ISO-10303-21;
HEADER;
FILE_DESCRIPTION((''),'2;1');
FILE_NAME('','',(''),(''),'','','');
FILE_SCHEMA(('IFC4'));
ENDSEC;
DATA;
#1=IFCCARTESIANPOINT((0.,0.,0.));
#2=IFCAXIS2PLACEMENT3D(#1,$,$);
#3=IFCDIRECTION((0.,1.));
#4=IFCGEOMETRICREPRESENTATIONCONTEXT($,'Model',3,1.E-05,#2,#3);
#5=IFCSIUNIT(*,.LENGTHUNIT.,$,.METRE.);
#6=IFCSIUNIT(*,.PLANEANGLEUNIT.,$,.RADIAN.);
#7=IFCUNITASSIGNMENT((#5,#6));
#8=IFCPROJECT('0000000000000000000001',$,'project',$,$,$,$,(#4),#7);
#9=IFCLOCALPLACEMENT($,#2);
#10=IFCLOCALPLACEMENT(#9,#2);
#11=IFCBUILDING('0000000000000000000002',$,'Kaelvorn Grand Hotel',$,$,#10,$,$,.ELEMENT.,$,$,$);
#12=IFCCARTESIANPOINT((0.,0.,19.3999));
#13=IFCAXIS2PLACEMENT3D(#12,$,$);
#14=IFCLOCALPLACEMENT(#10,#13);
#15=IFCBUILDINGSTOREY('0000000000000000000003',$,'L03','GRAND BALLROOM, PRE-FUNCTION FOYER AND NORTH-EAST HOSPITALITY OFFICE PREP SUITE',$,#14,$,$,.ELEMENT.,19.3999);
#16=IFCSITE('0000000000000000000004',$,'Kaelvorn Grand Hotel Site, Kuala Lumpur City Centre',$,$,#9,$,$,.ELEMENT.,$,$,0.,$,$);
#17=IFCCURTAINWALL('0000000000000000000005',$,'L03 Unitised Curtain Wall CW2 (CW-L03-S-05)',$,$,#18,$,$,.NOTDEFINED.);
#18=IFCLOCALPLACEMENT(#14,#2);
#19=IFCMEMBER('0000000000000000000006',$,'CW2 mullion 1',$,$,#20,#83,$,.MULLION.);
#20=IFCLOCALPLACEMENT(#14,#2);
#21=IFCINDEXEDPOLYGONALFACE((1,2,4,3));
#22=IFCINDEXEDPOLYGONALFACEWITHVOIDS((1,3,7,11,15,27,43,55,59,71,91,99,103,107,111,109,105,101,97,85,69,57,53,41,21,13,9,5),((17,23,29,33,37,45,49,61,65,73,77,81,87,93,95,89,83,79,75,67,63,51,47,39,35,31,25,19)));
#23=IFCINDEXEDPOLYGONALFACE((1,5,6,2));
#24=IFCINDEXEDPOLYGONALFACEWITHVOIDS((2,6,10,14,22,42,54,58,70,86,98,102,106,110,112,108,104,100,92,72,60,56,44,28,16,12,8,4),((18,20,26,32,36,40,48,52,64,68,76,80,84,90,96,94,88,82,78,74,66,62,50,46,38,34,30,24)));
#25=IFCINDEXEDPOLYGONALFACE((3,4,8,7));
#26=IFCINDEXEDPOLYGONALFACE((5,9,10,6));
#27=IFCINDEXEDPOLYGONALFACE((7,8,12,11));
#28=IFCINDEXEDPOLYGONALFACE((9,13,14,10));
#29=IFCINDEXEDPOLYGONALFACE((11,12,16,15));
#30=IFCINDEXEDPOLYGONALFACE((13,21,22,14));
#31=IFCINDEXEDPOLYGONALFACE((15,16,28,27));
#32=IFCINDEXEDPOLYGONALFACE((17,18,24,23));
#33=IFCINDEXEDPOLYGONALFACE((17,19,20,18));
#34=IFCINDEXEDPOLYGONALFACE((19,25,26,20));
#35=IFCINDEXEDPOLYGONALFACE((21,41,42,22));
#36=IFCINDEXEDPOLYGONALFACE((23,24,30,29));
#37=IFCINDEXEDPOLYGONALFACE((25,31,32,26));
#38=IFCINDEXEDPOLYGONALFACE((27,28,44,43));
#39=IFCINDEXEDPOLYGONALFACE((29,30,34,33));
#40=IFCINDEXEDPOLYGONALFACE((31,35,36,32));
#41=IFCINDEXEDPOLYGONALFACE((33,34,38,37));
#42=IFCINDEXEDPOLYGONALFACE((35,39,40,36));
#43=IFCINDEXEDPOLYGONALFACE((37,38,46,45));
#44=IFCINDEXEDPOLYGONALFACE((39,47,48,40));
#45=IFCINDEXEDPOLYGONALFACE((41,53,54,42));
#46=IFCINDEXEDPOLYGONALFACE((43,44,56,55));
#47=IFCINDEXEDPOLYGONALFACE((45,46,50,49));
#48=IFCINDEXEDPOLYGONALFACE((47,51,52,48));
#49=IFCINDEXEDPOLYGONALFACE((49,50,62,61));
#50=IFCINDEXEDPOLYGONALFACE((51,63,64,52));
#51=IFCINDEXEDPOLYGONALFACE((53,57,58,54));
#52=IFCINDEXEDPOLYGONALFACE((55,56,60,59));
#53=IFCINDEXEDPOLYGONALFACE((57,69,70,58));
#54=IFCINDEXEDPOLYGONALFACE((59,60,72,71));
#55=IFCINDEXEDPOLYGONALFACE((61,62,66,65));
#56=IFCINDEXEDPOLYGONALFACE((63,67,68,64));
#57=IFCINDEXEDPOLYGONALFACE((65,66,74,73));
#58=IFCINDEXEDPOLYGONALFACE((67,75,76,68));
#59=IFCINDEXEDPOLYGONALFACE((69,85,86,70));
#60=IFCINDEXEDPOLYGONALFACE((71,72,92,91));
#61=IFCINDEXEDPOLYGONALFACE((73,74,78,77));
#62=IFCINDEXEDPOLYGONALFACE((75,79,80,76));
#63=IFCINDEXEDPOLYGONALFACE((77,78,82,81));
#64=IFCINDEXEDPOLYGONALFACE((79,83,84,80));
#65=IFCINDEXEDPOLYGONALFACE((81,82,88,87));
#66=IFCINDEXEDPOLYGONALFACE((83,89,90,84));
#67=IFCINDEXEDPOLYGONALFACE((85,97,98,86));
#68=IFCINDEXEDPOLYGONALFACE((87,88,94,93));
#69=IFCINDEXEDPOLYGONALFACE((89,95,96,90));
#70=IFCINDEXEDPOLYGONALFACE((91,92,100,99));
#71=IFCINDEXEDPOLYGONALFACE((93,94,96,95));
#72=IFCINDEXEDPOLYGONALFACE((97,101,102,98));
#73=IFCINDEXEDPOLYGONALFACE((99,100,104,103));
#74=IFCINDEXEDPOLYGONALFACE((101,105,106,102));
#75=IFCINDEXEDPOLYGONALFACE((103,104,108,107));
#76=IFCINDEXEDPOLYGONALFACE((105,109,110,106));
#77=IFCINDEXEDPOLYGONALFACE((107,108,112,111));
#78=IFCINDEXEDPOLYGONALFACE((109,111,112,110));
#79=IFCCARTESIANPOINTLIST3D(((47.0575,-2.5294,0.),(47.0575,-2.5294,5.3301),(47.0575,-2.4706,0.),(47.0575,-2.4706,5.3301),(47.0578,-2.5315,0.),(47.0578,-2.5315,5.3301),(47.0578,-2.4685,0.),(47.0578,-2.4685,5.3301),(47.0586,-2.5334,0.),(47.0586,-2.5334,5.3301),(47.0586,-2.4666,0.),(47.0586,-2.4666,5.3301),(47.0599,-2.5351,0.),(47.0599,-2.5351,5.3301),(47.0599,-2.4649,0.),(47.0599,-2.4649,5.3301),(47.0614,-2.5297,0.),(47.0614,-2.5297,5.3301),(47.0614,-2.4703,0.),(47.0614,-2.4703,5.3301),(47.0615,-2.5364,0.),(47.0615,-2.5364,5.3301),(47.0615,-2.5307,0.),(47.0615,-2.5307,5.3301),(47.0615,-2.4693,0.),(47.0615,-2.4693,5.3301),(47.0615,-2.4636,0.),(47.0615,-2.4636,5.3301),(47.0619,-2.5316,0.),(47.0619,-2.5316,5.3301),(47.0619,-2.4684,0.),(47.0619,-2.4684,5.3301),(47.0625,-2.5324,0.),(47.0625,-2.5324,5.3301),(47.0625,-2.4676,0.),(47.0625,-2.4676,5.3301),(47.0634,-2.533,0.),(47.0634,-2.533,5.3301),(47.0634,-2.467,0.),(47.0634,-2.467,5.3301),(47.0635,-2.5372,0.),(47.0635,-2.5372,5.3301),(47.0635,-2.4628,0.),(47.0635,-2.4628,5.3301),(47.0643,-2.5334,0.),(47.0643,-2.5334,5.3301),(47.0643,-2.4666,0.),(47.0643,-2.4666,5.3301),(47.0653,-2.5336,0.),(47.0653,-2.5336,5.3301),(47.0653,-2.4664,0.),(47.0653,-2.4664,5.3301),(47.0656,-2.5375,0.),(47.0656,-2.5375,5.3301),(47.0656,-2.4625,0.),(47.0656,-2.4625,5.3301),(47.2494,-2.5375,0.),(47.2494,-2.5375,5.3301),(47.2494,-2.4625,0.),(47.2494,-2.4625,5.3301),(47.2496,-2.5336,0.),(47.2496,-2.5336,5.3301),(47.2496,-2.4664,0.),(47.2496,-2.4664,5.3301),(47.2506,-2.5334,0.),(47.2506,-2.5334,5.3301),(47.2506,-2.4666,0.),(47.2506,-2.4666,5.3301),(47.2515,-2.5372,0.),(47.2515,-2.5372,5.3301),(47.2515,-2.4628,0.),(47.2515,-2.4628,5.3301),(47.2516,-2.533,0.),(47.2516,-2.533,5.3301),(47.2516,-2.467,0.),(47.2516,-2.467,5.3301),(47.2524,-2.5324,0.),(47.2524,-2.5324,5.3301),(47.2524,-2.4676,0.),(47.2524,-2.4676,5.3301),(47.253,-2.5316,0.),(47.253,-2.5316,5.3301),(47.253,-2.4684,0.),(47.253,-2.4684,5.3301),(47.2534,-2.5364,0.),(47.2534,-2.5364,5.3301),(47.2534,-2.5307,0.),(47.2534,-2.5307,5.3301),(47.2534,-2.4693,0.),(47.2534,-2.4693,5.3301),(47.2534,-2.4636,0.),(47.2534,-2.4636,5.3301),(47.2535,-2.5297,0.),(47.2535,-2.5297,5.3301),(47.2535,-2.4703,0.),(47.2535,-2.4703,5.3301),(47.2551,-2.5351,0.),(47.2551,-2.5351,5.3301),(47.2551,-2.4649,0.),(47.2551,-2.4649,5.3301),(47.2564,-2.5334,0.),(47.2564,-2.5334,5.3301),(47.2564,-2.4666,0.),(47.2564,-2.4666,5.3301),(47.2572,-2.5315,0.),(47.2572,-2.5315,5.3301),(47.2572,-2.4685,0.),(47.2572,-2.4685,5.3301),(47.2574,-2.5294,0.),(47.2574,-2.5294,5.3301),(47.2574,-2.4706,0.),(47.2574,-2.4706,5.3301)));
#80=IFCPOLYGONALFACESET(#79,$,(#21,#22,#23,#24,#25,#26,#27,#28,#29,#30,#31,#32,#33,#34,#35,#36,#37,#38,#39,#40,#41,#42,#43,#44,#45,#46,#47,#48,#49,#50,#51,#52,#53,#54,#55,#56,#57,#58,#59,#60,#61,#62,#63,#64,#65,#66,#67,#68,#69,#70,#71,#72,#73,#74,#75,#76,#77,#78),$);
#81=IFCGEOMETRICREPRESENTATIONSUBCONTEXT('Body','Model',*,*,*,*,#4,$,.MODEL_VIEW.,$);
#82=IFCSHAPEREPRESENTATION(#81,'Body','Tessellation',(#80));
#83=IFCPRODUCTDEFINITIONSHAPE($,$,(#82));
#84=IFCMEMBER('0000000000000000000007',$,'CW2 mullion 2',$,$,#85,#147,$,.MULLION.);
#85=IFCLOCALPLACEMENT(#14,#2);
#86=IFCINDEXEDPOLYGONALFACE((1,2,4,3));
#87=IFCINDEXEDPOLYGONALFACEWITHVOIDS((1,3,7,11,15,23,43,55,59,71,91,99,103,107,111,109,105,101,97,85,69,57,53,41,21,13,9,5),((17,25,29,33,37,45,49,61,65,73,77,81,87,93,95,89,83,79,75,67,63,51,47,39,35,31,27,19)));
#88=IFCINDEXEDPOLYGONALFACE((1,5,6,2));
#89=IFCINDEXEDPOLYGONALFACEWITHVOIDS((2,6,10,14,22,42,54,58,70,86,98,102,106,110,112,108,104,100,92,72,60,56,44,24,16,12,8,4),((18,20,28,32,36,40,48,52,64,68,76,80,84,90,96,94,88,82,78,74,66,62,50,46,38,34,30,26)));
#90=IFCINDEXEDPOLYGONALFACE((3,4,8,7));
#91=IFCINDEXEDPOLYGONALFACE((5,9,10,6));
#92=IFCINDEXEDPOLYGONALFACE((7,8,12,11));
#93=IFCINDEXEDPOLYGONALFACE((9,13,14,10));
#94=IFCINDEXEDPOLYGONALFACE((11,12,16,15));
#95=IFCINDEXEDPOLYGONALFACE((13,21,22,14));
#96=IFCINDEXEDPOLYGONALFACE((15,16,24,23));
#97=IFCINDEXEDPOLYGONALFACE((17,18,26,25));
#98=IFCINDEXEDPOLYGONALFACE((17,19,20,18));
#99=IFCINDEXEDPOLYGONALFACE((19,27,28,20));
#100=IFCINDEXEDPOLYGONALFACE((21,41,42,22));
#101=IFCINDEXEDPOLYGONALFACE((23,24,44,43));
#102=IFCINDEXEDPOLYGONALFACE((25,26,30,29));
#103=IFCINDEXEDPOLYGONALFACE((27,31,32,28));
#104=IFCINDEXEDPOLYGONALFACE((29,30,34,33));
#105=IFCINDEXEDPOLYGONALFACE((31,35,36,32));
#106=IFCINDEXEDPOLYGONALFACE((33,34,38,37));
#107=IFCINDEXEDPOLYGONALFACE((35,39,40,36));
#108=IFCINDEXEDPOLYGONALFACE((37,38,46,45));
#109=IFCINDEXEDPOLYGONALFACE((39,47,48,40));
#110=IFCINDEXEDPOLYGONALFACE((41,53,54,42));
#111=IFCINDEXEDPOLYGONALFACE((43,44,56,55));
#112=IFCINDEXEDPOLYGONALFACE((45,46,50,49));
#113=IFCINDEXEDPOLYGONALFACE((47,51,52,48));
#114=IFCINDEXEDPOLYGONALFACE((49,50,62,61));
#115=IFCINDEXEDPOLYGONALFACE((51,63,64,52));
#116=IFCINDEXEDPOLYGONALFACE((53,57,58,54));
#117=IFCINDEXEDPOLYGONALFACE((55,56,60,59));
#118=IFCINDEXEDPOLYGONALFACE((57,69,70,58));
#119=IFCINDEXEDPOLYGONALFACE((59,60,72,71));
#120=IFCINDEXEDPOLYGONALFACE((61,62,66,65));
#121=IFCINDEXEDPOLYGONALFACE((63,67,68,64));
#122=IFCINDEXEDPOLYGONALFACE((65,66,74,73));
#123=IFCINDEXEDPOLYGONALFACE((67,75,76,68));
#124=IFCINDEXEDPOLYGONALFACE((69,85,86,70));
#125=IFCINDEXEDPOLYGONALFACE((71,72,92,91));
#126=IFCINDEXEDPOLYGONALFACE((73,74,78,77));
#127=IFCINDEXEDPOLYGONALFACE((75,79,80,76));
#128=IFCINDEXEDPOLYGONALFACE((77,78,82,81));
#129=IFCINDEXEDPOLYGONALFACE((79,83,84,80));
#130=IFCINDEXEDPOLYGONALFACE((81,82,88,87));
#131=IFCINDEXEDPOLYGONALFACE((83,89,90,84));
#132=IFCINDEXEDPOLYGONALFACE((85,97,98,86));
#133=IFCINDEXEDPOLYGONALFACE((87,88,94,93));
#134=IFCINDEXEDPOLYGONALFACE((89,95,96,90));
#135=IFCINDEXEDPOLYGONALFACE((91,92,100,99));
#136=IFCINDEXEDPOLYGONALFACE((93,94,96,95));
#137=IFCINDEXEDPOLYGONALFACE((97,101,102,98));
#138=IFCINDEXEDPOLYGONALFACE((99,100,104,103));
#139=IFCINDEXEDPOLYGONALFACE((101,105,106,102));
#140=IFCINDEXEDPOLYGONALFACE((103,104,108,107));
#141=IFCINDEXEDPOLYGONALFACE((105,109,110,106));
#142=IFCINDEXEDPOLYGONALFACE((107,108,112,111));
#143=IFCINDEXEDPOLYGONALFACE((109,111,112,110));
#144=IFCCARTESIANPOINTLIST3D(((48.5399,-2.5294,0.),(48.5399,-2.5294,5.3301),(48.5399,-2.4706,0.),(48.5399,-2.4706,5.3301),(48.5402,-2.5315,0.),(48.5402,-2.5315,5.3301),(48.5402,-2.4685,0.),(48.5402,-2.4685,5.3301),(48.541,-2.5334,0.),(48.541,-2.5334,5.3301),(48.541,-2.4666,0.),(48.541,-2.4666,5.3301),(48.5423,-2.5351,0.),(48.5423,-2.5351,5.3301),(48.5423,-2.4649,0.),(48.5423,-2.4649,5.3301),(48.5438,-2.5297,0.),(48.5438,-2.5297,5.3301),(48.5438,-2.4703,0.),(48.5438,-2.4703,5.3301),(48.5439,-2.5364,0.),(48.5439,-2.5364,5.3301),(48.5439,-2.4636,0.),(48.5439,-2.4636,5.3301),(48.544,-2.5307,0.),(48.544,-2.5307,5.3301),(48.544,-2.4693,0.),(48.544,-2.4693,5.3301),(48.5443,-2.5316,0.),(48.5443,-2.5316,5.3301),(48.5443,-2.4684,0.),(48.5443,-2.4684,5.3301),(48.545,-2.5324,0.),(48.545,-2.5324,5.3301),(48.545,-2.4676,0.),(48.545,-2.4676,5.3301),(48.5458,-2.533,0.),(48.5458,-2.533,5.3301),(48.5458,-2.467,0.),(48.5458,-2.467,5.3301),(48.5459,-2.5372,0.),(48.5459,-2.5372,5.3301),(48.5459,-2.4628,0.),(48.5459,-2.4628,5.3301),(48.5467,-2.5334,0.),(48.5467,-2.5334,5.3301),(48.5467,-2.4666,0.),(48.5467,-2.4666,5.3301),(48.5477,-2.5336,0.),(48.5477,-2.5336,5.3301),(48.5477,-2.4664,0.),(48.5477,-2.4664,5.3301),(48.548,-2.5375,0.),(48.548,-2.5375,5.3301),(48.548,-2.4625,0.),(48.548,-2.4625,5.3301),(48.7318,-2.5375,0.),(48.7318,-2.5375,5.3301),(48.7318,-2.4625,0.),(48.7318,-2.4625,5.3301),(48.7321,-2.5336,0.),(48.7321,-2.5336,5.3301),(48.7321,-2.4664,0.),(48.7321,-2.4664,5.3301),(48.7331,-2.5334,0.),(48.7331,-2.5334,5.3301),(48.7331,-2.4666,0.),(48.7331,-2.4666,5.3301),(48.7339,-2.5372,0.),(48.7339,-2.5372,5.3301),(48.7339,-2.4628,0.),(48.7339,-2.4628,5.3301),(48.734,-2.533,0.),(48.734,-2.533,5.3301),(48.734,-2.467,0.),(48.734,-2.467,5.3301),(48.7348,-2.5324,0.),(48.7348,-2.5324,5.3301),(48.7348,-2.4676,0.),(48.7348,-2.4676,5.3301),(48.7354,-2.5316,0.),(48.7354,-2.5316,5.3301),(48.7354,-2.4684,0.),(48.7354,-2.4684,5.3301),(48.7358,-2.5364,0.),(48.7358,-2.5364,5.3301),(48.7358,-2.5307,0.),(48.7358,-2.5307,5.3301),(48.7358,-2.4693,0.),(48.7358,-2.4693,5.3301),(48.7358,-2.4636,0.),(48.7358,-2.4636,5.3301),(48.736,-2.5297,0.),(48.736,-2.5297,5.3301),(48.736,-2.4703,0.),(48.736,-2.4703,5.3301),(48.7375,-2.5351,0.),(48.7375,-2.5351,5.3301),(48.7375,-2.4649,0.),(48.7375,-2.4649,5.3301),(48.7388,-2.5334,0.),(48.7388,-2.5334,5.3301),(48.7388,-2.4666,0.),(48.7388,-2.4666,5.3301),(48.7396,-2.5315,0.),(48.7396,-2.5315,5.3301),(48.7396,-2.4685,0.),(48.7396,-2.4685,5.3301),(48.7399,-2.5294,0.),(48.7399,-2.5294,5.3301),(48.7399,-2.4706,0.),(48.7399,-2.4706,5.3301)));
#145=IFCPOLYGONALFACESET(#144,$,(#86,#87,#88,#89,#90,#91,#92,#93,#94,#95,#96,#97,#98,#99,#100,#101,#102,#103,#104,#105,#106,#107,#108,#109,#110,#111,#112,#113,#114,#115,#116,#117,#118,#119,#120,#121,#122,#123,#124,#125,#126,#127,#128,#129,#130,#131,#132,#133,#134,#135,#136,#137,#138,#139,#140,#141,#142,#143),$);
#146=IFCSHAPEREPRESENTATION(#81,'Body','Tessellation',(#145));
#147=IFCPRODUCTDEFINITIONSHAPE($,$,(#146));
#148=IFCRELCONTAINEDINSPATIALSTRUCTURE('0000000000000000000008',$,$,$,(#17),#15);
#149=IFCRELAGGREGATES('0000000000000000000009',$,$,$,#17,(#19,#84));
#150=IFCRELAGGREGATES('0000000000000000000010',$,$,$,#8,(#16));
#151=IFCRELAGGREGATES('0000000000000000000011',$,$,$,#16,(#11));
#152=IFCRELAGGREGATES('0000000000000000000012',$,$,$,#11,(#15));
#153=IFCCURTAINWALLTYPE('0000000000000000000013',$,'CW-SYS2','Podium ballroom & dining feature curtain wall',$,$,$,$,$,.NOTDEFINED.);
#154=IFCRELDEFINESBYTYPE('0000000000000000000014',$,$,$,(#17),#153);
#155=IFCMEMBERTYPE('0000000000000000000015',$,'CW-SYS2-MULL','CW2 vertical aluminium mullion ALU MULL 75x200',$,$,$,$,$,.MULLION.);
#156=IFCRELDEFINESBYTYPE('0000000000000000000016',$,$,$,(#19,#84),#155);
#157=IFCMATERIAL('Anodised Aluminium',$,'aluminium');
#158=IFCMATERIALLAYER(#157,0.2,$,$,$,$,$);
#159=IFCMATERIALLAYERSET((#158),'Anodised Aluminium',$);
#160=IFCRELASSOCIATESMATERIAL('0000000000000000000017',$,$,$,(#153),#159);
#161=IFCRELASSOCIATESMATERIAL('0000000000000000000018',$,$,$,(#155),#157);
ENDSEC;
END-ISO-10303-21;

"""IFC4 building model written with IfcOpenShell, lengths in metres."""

from ifc_helpers import new_model, si_unit, direction, frame, origin, origin_2d, place, context, subcontext, project, spatial, hollow_rectangle, extrude, material, layer, layer_set, material_profile, profile_set, type_object, element, aggregate, save


model = new_model("IFC4")

# Units and contexts
model_context = context("Model", 3, precision=1e-05, world=origin(), true_north=direction((0.0, 1.0)))
body_context = subcontext(model_context, "Body", "Model", "MODEL_VIEW")
ifc_project = project(units=[si_unit("LENGTHUNIT", "METRE"), si_unit("PLANEANGLEUNIT", "RADIAN")], contexts=[model_context])

# Site, building, storey
site_placement = place(None, origin())
site = spatial("IfcSite", under=ifc_project, at=site_placement, Name="Kaelvorn Grand Hotel Site, Kuala Lumpur City Centre", CompositionType="ELEMENT", RefElevation=0.0)
building_placement = place(site_placement, origin())
building = spatial("IfcBuilding", under=site, at=building_placement, Name="Kaelvorn Grand Hotel", CompositionType="ELEMENT")
storey_placement = place(building_placement, frame((0.0, 0.0, 19.3999)))
storey = spatial("IfcBuildingStorey", under=building, at=storey_placement, Name="L03", Description="GRAND BALLROOM, PRE-FUNCTION FOYER AND NORTH-EAST HOSPITALITY OFFICE PREP SUITE", CompositionType="ELEMENT", Elevation=19.3999)

# Curtain wall, members
ifc_material_1 = material(Name="Anodised Aluminium", Category="aluminium")
ifc_layer_1 = layer(ifc_material_1, 0.2)
ifc_layer_set_1 = layer_set([ifc_layer_1], Name="Anodised Aluminium")
curtain_wall_type = type_object("IfcCurtainWallType", Name="CW-SYS2", Description="Podium ballroom & dining feature curtain wall", PredefinedType="NOTDEFINED", material=ifc_layer_set_1)
ifc_material_profile_1 = material_profile(ifc_material_1, hollow_rectangle(XDim=0.075, YDim=0.2, WallThickness=0.0039, InnerFilletRadius=0.0039, OuterFilletRadius=0.0081, at=origin_2d()), Name="ALU MULL 75x200")
ifc_profile_set_1 = profile_set([ifc_material_profile_1], Name="Anodised Aluminium")
member_type_1 = type_object("IfcMemberType", Name="CW-SYS2-MULL", Description="CW2 vertical aluminium mullion ALU MULL 75x200", PredefinedType="MULLION", material=ifc_profile_set_1)
curtain_wall_1_placement = place(storey_placement, origin())
curtain_wall_1 = element("IfcCurtainWall", 1, at=curtain_wall_1_placement, inside=storey, type_object=curtain_wall_type, Name="L03 Unitised Curtain Wall CW2 (CW-L03-S-05)", PredefinedType="NOTDEFINED")
member_1_placement = place(storey_placement, frame((47.1575, -2.5, 0.0), z_axis=(0.0, 0.0, 1.0), x_axis=(0.0, 1.0, 0.0)))
member_1 = element("IfcMember", 2, at=member_1_placement, type_object=member_type_1, Name="CW2 mullion 1", PredefinedType="MULLION", context=body_context, shape_type="SweptSolid", body=[
    extrude(hollow_rectangle(XDim=0.075, YDim=0.2, WallThickness=0.0039, InnerFilletRadius=0.0039, OuterFilletRadius=0.0081, at=origin_2d()), origin(), (0.0, 0.0, 1.0), 5.3301),
])
member_2_placement = place(storey_placement, frame((48.6399, -2.5, 0.0), z_axis=(0.0, 0.0, 1.0), x_axis=(0.0, 1.0, 0.0)))
member_2 = element("IfcMember", 3, at=member_2_placement, type_object=member_type_1, Name="CW2 mullion 2", PredefinedType="MULLION", context=body_context, shape_type="SweptSolid", body=[
    extrude(hollow_rectangle(XDim=0.075, YDim=0.2, WallThickness=0.0039, InnerFilletRadius=0.0039, OuterFilletRadius=0.0081, at=origin_2d()), origin(), (0.0, 0.0, 1.0), 5.3301),
])

aggregate(curtain_wall_1, [member_1, member_2])

save(model, "model.ifc")
